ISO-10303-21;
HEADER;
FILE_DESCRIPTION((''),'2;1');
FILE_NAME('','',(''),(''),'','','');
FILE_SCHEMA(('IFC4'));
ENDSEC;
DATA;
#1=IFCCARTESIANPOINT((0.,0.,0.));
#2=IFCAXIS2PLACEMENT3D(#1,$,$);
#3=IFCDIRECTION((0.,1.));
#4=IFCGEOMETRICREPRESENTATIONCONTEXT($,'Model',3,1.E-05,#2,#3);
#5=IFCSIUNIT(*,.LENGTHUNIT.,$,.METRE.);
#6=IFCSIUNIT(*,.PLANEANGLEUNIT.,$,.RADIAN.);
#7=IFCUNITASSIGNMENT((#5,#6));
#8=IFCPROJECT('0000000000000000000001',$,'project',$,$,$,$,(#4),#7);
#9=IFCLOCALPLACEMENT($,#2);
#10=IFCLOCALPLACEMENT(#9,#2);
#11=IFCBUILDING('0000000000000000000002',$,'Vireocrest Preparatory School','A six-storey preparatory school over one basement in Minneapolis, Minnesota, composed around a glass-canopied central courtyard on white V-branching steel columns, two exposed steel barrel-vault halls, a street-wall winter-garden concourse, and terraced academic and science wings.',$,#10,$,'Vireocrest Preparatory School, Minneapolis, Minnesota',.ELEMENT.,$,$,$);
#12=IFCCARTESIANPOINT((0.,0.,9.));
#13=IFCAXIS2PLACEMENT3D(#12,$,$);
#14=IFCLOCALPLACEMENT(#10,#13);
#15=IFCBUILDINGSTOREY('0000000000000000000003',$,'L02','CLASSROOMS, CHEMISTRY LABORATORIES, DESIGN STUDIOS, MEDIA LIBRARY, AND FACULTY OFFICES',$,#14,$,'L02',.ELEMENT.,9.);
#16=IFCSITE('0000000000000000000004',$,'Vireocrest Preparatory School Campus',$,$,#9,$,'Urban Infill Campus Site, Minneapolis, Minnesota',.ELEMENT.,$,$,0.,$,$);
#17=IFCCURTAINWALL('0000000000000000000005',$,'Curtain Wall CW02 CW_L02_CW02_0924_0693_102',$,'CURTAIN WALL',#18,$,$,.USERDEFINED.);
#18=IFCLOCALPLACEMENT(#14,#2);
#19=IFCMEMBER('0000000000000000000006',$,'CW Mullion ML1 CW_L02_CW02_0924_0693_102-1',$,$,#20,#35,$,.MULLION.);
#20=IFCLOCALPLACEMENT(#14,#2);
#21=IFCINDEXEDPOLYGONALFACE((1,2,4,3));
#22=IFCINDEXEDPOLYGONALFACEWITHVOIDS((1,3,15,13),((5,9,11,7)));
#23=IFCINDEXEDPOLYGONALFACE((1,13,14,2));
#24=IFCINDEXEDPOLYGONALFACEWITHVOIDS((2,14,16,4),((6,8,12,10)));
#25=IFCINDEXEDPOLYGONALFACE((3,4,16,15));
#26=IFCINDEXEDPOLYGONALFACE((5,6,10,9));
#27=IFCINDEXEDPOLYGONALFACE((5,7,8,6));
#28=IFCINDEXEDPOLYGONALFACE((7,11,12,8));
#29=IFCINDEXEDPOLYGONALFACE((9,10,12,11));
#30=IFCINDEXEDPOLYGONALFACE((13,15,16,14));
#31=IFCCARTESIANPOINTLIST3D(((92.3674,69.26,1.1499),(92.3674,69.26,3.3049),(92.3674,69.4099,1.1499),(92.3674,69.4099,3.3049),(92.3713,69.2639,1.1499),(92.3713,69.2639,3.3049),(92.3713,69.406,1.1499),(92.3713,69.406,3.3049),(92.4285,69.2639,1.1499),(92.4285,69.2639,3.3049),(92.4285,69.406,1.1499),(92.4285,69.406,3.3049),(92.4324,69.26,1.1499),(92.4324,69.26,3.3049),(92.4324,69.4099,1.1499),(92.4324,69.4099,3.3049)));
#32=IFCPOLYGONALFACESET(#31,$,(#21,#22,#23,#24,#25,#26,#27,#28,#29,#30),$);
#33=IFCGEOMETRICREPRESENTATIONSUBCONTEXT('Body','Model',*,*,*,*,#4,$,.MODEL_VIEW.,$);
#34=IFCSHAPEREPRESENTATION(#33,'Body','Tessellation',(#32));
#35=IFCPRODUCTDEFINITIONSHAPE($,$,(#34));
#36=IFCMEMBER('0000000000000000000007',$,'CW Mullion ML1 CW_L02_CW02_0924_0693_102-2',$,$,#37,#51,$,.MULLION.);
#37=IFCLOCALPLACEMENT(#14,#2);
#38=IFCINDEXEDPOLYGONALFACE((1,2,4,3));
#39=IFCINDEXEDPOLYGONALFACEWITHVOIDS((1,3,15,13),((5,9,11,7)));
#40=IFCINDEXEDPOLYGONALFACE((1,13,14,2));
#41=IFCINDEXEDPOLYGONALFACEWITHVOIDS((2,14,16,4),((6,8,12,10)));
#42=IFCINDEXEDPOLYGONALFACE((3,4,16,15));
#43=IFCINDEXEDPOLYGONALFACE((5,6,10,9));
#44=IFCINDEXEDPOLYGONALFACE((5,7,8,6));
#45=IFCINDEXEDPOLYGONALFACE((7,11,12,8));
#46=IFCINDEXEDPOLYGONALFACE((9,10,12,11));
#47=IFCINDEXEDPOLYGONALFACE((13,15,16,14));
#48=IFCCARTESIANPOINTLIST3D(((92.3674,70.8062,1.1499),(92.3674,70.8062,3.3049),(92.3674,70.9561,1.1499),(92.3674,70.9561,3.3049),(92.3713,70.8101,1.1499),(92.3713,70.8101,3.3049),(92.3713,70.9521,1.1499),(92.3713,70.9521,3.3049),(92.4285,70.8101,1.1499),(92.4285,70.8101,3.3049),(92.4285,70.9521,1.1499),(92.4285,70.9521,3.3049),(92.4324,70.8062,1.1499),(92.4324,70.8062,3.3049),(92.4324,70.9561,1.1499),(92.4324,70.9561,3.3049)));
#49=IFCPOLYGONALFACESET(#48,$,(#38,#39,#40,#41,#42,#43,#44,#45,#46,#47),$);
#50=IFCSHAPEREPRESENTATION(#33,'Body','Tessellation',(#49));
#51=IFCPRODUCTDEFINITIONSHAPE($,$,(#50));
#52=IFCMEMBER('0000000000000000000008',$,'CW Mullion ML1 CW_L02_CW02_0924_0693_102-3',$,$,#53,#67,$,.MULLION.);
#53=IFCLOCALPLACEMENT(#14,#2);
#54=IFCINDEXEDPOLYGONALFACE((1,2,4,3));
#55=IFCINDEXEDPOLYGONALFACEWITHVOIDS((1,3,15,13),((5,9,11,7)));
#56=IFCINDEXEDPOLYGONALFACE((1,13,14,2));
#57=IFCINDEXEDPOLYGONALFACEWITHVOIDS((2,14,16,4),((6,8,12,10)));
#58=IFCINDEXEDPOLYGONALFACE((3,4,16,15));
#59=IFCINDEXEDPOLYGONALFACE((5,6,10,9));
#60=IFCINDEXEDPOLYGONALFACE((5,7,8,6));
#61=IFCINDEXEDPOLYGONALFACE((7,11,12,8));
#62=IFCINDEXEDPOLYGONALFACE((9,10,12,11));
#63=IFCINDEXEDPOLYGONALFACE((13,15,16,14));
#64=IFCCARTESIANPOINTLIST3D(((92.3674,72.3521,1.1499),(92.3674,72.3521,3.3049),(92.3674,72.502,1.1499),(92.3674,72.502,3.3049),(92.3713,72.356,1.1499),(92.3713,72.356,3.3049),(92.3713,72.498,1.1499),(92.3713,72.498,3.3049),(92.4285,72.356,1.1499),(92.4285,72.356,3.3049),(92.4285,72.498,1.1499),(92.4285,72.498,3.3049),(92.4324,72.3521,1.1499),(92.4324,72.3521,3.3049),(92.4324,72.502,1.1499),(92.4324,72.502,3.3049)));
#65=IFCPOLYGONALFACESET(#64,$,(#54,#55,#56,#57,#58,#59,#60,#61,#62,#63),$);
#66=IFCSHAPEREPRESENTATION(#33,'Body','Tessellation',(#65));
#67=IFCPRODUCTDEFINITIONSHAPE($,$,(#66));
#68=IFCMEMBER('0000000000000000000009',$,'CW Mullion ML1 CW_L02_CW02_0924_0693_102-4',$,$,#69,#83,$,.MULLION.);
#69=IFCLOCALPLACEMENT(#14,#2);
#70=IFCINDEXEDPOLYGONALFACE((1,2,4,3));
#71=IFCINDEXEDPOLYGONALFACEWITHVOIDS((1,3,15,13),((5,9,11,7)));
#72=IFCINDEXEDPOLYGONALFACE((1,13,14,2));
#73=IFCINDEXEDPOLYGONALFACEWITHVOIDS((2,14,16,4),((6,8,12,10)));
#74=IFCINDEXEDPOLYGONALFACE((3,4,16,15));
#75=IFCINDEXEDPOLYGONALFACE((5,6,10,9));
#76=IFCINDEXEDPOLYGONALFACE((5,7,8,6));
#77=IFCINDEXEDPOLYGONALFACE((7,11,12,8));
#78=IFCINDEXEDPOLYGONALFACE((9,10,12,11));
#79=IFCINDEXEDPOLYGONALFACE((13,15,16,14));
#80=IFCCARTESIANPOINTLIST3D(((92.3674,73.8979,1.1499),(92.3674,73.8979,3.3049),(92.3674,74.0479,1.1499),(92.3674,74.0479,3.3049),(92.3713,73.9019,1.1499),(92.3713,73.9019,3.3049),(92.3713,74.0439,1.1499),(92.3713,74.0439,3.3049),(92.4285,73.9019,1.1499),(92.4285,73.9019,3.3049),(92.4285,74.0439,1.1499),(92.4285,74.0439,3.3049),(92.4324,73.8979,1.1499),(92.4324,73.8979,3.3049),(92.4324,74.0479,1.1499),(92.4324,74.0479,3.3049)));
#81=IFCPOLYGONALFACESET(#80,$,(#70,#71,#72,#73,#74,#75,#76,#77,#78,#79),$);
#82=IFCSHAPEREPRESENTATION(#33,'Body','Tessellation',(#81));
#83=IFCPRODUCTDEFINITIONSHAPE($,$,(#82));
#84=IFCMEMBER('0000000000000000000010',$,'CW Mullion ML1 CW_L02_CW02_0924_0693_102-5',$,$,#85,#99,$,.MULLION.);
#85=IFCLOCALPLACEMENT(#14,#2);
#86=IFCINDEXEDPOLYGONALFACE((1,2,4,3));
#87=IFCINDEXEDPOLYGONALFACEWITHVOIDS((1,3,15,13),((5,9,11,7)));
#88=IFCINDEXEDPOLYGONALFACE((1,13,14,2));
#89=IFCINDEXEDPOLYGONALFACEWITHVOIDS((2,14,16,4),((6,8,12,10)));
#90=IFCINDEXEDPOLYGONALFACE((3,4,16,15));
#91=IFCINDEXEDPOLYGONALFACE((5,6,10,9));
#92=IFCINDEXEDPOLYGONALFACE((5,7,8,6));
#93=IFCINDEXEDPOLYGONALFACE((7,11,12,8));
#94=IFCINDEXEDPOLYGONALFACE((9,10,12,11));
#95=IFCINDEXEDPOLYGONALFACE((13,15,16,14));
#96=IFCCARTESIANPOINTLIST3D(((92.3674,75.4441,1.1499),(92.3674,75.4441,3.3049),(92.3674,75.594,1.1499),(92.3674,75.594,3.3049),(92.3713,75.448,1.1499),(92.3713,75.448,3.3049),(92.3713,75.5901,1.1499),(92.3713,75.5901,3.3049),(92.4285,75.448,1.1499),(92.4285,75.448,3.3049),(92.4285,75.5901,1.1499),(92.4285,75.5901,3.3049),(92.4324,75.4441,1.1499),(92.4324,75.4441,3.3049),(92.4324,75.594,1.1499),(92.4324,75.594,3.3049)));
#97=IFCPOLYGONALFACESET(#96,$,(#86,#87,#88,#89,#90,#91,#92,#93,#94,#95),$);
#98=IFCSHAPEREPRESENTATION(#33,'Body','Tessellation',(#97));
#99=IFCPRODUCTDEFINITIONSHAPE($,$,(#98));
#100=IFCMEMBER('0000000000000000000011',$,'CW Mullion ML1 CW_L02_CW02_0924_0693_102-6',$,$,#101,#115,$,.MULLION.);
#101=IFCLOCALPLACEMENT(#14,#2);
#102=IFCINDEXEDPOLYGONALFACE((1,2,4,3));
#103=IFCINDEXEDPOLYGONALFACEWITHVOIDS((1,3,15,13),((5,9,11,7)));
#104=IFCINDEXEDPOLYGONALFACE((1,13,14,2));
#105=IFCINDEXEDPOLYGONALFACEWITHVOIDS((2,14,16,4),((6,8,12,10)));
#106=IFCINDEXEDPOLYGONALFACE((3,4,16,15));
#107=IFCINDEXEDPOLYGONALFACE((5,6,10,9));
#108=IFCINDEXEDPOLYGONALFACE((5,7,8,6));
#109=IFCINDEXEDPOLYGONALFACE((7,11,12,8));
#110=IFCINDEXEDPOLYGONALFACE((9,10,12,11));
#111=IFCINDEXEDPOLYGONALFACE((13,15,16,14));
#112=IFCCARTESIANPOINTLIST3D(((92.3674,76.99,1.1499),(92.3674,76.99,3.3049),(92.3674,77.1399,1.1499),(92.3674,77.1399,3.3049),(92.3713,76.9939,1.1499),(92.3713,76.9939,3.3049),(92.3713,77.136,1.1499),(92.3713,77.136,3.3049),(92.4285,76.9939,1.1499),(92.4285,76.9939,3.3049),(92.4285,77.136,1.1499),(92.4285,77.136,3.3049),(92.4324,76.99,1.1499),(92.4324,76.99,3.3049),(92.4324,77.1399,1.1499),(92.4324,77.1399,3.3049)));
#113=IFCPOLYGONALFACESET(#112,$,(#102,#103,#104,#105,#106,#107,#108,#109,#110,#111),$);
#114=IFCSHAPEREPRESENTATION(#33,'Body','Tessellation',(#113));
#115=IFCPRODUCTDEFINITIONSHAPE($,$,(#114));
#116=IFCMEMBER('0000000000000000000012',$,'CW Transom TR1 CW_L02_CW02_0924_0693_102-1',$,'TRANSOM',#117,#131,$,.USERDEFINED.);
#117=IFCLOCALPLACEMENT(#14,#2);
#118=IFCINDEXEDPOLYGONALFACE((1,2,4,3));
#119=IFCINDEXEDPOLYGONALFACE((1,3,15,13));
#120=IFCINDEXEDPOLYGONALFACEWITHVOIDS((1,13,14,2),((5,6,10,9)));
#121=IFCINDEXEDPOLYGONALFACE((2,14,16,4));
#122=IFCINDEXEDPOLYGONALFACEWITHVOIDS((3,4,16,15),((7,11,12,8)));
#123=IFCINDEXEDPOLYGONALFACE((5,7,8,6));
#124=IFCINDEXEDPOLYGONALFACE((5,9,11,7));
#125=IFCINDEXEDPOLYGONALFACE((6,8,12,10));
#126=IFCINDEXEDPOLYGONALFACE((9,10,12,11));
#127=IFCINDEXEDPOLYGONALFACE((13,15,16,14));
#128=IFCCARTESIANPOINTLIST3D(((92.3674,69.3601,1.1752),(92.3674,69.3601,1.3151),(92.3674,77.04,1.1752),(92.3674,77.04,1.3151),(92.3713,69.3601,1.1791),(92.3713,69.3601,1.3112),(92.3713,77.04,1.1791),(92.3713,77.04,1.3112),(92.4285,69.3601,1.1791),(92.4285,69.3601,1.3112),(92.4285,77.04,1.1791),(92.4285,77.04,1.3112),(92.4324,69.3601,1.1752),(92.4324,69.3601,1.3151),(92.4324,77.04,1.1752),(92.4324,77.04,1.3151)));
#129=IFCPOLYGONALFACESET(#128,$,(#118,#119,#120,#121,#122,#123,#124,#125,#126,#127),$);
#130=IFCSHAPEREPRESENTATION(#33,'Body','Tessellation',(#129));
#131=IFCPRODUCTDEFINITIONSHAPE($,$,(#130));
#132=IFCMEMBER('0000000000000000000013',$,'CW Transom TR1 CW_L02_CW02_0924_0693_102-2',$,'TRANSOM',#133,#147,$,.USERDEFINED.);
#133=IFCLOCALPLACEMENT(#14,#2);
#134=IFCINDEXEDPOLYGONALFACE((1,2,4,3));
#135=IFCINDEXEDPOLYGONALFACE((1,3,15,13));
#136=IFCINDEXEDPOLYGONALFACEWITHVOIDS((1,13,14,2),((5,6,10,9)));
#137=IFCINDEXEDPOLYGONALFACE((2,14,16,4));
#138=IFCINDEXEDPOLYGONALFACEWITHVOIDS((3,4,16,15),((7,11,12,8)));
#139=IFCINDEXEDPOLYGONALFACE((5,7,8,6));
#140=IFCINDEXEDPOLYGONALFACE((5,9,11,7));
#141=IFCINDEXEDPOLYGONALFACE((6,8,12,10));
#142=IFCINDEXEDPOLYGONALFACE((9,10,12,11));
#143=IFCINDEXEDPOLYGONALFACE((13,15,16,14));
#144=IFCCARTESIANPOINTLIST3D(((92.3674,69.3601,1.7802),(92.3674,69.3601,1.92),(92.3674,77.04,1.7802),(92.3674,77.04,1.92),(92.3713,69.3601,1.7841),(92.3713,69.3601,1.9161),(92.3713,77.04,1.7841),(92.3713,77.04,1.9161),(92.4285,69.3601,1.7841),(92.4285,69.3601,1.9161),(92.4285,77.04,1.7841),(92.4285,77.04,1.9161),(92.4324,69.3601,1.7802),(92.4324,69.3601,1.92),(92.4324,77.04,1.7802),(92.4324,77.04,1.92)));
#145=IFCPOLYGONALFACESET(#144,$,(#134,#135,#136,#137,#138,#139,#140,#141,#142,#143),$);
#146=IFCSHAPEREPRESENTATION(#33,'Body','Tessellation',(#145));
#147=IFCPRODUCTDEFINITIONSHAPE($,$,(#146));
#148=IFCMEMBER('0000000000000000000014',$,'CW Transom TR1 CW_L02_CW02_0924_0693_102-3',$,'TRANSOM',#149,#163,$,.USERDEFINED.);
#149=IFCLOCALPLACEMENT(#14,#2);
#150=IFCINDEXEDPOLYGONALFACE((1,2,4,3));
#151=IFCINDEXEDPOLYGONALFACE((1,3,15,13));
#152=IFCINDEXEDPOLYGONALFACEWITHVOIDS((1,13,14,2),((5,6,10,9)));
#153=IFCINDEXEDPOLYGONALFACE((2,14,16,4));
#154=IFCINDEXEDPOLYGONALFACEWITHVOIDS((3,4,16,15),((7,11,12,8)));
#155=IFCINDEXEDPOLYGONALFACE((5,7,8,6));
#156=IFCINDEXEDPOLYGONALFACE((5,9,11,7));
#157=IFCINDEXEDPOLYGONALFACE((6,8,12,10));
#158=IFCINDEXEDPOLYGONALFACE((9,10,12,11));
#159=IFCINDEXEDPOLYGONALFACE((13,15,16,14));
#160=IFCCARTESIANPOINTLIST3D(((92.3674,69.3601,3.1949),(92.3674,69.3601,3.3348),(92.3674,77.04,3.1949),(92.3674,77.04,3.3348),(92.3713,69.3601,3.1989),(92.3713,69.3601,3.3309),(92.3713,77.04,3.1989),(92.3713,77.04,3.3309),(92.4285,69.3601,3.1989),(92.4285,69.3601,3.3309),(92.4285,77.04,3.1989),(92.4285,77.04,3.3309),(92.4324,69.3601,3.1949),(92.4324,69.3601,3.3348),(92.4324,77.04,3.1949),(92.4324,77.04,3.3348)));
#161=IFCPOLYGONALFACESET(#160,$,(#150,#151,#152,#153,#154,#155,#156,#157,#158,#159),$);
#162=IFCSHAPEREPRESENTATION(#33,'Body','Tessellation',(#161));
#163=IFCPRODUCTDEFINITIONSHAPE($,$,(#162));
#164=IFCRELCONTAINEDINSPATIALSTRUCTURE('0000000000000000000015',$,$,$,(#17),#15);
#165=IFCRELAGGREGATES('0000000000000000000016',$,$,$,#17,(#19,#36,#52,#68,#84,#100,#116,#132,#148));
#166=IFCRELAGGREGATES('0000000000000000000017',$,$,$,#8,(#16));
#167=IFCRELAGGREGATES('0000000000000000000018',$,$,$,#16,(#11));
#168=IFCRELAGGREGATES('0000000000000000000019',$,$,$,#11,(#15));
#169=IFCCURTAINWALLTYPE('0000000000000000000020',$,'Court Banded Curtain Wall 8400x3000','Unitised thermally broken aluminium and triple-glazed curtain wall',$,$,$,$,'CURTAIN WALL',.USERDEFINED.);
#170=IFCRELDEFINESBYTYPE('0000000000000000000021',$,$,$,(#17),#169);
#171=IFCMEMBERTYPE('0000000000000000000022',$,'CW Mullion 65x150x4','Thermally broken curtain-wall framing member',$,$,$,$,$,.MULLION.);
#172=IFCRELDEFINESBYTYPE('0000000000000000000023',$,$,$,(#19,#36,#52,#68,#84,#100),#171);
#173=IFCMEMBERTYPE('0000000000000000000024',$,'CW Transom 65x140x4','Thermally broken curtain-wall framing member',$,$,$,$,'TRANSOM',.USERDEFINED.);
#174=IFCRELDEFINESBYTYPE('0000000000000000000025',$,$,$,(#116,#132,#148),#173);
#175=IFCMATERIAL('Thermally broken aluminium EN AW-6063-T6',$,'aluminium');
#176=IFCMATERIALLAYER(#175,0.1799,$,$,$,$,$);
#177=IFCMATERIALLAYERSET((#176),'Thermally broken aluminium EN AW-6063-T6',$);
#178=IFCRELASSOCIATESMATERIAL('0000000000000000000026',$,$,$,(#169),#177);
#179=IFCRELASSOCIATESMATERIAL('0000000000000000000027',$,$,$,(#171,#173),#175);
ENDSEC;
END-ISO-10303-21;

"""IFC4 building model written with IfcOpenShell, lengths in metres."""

from ifc_helpers import new_model, si_unit, direction, frame, origin, origin_2d, place, context, subcontext, project, spatial, hollow_rectangle, extrude, material, layer, layer_set, material_profile, profile_set, type_object, element, aggregate, save


model = new_model("IFC4")

# Units and contexts
model_context = context("Model", 3, precision=1e-05, world=origin(), true_north=direction((0.0, 1.0)))
body_context = subcontext(model_context, "Body", "Model", "MODEL_VIEW")
ifc_project = project(units=[si_unit("LENGTHUNIT", "METRE"), si_unit("PLANEANGLEUNIT", "RADIAN")], contexts=[model_context])

# Site, building, storey
site_placement = place(None, origin())
site = spatial("IfcSite", under=ifc_project, at=site_placement, Name="Vireocrest Preparatory School Campus", LongName="Urban Infill Campus Site, Minneapolis, Minnesota", CompositionType="ELEMENT", RefElevation=0.0)
building_placement = place(site_placement, origin())
building = spatial("IfcBuilding", under=site, at=building_placement, Name="Vireocrest Preparatory School", Description="A six-storey preparatory school over one basement in Minneapolis, Minnesota, composed around a glass-canopied central courtyard on white V-branching steel columns, two exposed steel barrel-vault halls, a street-wall winter-garden concourse, and terraced academic and science wings.", LongName="Vireocrest Preparatory School, Minneapolis, Minnesota", CompositionType="ELEMENT")
storey_placement = place(building_placement, frame((0.0, 0.0, 9.0)))
storey = spatial("IfcBuildingStorey", under=building, at=storey_placement, Name="L02", Description="CLASSROOMS, CHEMISTRY LABORATORIES, DESIGN STUDIOS, MEDIA LIBRARY, AND FACULTY OFFICES", LongName="L02", CompositionType="ELEMENT", Elevation=9.0)

# Curtain wall, members
ifc_material_1 = material(Name="Thermally broken aluminium EN AW-6063-T6", Category="aluminium")
ifc_layer_1 = layer(ifc_material_1, 0.1799)
ifc_layer_set_1 = layer_set([ifc_layer_1], Name="Thermally broken aluminium EN AW-6063-T6")
curtain_wall_type = type_object("IfcCurtainWallType", Name="Court Banded Curtain Wall 8400x3000", Description="Unitised thermally broken aluminium and triple-glazed curtain wall", ElementType="CURTAIN WALL", PredefinedType="USERDEFINED", material=ifc_layer_set_1)
ifc_material_profile_1 = material_profile(ifc_material_1, hollow_rectangle(XDim=0.0649, YDim=0.1499, WallThickness=0.0039, at=origin_2d()), Name="ALU 65x150x4")
ifc_profile_set_1 = profile_set([ifc_material_profile_1], Name="Thermally broken aluminium EN AW-6063-T6")
member_type_1 = type_object("IfcMemberType", Name="CW Mullion 65x150x4", Description="Thermally broken curtain-wall framing member", PredefinedType="MULLION", material=ifc_profile_set_1)
curtain_wall_1_placement = place(storey_placement, origin())
curtain_wall_1 = element("IfcCurtainWall", 1, at=curtain_wall_1_placement, inside=storey, type_object=curtain_wall_type, Name="Curtain Wall CW02 CW_L02_CW02_0924_0693_102", ObjectType="CURTAIN WALL", PredefinedType="USERDEFINED")
member_1_placement = place(storey_placement, frame((92.3999, 69.335, 1.1499), z_axis=(0.0, 0.0, 1.0), x_axis=(1.0, 0.0, 0.0)))
member_1 = element("IfcMember", 2, at=member_1_placement, type_object=member_type_1, Name="CW Mullion ML1 CW_L02_CW02_0924_0693_102-1", PredefinedType="MULLION", context=body_context, shape_type="SweptSolid", body=[
    extrude(hollow_rectangle(XDim=0.0649, YDim=0.1499, WallThickness=0.0039, at=origin_2d()), origin(), (0.0, 0.0, 1.0), 2.155),
])
member_2_placement = place(storey_placement, frame((92.3999, 70.8811, 1.1499), z_axis=(0.0, 0.0, 1.0), x_axis=(1.0, 0.0, 0.0)))
member_2 = element("IfcMember", 3, at=member_2_placement, type_object=member_type_1, Name="CW Mullion ML1 CW_L02_CW02_0924_0693_102-2", PredefinedType="MULLION", context=body_context, shape_type="SweptSolid", body=[
    extrude(hollow_rectangle(XDim=0.0649, YDim=0.1499, WallThickness=0.0039, at=origin_2d()), origin(), (0.0, 0.0, 1.0), 2.155),
])
member_3_placement = place(storey_placement, frame((92.3999, 72.427, 1.1499), z_axis=(0.0, 0.0, 1.0), x_axis=(1.0, 0.0, 0.0)))
member_3 = element("IfcMember", 4, at=member_3_placement, type_object=member_type_1, Name="CW Mullion ML1 CW_L02_CW02_0924_0693_102-3", PredefinedType="MULLION", context=body_context, shape_type="SweptSolid", body=[
    extrude(hollow_rectangle(XDim=0.0649, YDim=0.1499, WallThickness=0.0039, at=origin_2d()), origin(), (0.0, 0.0, 1.0), 2.155),
])
member_4_placement = place(storey_placement, frame((92.3999, 73.9729, 1.1499), z_axis=(0.0, 0.0, 1.0), x_axis=(1.0, 0.0, 0.0)))
member_4 = element("IfcMember", 5, at=member_4_placement, type_object=member_type_1, Name="CW Mullion ML1 CW_L02_CW02_0924_0693_102-4", PredefinedType="MULLION", context=body_context, shape_type="SweptSolid", body=[
    extrude(hollow_rectangle(XDim=0.0649, YDim=0.1499, WallThickness=0.0039, at=origin_2d()), origin(), (0.0, 0.0, 1.0), 2.155),
])
member_5_placement = place(storey_placement, frame((92.3999, 75.519, 1.1499), z_axis=(0.0, 0.0, 1.0), x_axis=(1.0, 0.0, 0.0)))
member_5 = element("IfcMember", 6, at=member_5_placement, type_object=member_type_1, Name="CW Mullion ML1 CW_L02_CW02_0924_0693_102-5", PredefinedType="MULLION", context=body_context, shape_type="SweptSolid", body=[
    extrude(hollow_rectangle(XDim=0.0649, YDim=0.1499, WallThickness=0.0039, at=origin_2d()), origin(), (0.0, 0.0, 1.0), 2.155),
])
member_6_placement = place(storey_placement, frame((92.3999, 77.0649, 1.1499), z_axis=(0.0, 0.0, 1.0), x_axis=(1.0, 0.0, 0.0)))
member_6 = element("IfcMember", 7, at=member_6_placement, type_object=member_type_1, Name="CW Mullion ML1 CW_L02_CW02_0924_0693_102-6", PredefinedType="MULLION", context=body_context, shape_type="SweptSolid", body=[
    extrude(hollow_rectangle(XDim=0.0649, YDim=0.1499, WallThickness=0.0039, at=origin_2d()), origin(), (0.0, 0.0, 1.0), 2.155),
])
ifc_material_profile_2 = material_profile(ifc_material_1, hollow_rectangle(XDim=0.0649, YDim=0.1399, WallThickness=0.0039, at=origin_2d()), Name="ALU 65x140x4")
ifc_profile_set_2 = profile_set([ifc_material_profile_2], Name="Thermally broken aluminium EN AW-6063-T6")
member_type_2 = type_object("IfcMemberType", Name="CW Transom 65x140x4", Description="Thermally broken curtain-wall framing member", ElementType="TRANSOM", PredefinedType="USERDEFINED", material=ifc_profile_set_2)
member_7_placement = place(storey_placement, frame((92.3999, 69.3601, 1.2451), z_axis=(0.0, 1.0, 0.0), x_axis=(-1.0, 0.0, 0.0)))
member_7 = element("IfcMember", 8, at=member_7_placement, type_object=member_type_2, Name="CW Transom TR1 CW_L02_CW02_0924_0693_102-1", ObjectType="TRANSOM", PredefinedType="USERDEFINED", context=body_context, shape_type="SweptSolid", body=[
    extrude(hollow_rectangle(XDim=0.0649, YDim=0.1399, WallThickness=0.0039, at=origin_2d()), origin(), (0.0, 0.0, 1.0), 7.6799),
])
member_8_placement = place(storey_placement, frame((92.3999, 69.3601, 1.8501), z_axis=(0.0, 1.0, 0.0), x_axis=(-1.0, 0.0, 0.0)))
member_8 = element("IfcMember", 9, at=member_8_placement, type_object=member_type_2, Name="CW Transom TR1 CW_L02_CW02_0924_0693_102-2", ObjectType="TRANSOM", PredefinedType="USERDEFINED", context=body_context, shape_type="SweptSolid", body=[
    extrude(hollow_rectangle(XDim=0.0649, YDim=0.1399, WallThickness=0.0039, at=origin_2d()), origin(), (0.0, 0.0, 1.0), 7.6799),
])
member_9_placement = place(storey_placement, frame((92.3999, 69.3601, 3.2649), z_axis=(0.0, 1.0, 0.0), x_axis=(-1.0, 0.0, 0.0)))
member_9 = element("IfcMember", 10, at=member_9_placement, type_object=member_type_2, Name="CW Transom TR1 CW_L02_CW02_0924_0693_102-3", ObjectType="TRANSOM", PredefinedType="USERDEFINED", context=body_context, shape_type="SweptSolid", body=[
    extrude(hollow_rectangle(XDim=0.0649, YDim=0.1399, WallThickness=0.0039, at=origin_2d()), origin(), (0.0, 0.0, 1.0), 7.6799),
])

aggregate(curtain_wall_1, [member_1, member_2, member_3, member_4, member_5, member_6, member_7, member_8, member_9])

save(model, "model.ifc")
